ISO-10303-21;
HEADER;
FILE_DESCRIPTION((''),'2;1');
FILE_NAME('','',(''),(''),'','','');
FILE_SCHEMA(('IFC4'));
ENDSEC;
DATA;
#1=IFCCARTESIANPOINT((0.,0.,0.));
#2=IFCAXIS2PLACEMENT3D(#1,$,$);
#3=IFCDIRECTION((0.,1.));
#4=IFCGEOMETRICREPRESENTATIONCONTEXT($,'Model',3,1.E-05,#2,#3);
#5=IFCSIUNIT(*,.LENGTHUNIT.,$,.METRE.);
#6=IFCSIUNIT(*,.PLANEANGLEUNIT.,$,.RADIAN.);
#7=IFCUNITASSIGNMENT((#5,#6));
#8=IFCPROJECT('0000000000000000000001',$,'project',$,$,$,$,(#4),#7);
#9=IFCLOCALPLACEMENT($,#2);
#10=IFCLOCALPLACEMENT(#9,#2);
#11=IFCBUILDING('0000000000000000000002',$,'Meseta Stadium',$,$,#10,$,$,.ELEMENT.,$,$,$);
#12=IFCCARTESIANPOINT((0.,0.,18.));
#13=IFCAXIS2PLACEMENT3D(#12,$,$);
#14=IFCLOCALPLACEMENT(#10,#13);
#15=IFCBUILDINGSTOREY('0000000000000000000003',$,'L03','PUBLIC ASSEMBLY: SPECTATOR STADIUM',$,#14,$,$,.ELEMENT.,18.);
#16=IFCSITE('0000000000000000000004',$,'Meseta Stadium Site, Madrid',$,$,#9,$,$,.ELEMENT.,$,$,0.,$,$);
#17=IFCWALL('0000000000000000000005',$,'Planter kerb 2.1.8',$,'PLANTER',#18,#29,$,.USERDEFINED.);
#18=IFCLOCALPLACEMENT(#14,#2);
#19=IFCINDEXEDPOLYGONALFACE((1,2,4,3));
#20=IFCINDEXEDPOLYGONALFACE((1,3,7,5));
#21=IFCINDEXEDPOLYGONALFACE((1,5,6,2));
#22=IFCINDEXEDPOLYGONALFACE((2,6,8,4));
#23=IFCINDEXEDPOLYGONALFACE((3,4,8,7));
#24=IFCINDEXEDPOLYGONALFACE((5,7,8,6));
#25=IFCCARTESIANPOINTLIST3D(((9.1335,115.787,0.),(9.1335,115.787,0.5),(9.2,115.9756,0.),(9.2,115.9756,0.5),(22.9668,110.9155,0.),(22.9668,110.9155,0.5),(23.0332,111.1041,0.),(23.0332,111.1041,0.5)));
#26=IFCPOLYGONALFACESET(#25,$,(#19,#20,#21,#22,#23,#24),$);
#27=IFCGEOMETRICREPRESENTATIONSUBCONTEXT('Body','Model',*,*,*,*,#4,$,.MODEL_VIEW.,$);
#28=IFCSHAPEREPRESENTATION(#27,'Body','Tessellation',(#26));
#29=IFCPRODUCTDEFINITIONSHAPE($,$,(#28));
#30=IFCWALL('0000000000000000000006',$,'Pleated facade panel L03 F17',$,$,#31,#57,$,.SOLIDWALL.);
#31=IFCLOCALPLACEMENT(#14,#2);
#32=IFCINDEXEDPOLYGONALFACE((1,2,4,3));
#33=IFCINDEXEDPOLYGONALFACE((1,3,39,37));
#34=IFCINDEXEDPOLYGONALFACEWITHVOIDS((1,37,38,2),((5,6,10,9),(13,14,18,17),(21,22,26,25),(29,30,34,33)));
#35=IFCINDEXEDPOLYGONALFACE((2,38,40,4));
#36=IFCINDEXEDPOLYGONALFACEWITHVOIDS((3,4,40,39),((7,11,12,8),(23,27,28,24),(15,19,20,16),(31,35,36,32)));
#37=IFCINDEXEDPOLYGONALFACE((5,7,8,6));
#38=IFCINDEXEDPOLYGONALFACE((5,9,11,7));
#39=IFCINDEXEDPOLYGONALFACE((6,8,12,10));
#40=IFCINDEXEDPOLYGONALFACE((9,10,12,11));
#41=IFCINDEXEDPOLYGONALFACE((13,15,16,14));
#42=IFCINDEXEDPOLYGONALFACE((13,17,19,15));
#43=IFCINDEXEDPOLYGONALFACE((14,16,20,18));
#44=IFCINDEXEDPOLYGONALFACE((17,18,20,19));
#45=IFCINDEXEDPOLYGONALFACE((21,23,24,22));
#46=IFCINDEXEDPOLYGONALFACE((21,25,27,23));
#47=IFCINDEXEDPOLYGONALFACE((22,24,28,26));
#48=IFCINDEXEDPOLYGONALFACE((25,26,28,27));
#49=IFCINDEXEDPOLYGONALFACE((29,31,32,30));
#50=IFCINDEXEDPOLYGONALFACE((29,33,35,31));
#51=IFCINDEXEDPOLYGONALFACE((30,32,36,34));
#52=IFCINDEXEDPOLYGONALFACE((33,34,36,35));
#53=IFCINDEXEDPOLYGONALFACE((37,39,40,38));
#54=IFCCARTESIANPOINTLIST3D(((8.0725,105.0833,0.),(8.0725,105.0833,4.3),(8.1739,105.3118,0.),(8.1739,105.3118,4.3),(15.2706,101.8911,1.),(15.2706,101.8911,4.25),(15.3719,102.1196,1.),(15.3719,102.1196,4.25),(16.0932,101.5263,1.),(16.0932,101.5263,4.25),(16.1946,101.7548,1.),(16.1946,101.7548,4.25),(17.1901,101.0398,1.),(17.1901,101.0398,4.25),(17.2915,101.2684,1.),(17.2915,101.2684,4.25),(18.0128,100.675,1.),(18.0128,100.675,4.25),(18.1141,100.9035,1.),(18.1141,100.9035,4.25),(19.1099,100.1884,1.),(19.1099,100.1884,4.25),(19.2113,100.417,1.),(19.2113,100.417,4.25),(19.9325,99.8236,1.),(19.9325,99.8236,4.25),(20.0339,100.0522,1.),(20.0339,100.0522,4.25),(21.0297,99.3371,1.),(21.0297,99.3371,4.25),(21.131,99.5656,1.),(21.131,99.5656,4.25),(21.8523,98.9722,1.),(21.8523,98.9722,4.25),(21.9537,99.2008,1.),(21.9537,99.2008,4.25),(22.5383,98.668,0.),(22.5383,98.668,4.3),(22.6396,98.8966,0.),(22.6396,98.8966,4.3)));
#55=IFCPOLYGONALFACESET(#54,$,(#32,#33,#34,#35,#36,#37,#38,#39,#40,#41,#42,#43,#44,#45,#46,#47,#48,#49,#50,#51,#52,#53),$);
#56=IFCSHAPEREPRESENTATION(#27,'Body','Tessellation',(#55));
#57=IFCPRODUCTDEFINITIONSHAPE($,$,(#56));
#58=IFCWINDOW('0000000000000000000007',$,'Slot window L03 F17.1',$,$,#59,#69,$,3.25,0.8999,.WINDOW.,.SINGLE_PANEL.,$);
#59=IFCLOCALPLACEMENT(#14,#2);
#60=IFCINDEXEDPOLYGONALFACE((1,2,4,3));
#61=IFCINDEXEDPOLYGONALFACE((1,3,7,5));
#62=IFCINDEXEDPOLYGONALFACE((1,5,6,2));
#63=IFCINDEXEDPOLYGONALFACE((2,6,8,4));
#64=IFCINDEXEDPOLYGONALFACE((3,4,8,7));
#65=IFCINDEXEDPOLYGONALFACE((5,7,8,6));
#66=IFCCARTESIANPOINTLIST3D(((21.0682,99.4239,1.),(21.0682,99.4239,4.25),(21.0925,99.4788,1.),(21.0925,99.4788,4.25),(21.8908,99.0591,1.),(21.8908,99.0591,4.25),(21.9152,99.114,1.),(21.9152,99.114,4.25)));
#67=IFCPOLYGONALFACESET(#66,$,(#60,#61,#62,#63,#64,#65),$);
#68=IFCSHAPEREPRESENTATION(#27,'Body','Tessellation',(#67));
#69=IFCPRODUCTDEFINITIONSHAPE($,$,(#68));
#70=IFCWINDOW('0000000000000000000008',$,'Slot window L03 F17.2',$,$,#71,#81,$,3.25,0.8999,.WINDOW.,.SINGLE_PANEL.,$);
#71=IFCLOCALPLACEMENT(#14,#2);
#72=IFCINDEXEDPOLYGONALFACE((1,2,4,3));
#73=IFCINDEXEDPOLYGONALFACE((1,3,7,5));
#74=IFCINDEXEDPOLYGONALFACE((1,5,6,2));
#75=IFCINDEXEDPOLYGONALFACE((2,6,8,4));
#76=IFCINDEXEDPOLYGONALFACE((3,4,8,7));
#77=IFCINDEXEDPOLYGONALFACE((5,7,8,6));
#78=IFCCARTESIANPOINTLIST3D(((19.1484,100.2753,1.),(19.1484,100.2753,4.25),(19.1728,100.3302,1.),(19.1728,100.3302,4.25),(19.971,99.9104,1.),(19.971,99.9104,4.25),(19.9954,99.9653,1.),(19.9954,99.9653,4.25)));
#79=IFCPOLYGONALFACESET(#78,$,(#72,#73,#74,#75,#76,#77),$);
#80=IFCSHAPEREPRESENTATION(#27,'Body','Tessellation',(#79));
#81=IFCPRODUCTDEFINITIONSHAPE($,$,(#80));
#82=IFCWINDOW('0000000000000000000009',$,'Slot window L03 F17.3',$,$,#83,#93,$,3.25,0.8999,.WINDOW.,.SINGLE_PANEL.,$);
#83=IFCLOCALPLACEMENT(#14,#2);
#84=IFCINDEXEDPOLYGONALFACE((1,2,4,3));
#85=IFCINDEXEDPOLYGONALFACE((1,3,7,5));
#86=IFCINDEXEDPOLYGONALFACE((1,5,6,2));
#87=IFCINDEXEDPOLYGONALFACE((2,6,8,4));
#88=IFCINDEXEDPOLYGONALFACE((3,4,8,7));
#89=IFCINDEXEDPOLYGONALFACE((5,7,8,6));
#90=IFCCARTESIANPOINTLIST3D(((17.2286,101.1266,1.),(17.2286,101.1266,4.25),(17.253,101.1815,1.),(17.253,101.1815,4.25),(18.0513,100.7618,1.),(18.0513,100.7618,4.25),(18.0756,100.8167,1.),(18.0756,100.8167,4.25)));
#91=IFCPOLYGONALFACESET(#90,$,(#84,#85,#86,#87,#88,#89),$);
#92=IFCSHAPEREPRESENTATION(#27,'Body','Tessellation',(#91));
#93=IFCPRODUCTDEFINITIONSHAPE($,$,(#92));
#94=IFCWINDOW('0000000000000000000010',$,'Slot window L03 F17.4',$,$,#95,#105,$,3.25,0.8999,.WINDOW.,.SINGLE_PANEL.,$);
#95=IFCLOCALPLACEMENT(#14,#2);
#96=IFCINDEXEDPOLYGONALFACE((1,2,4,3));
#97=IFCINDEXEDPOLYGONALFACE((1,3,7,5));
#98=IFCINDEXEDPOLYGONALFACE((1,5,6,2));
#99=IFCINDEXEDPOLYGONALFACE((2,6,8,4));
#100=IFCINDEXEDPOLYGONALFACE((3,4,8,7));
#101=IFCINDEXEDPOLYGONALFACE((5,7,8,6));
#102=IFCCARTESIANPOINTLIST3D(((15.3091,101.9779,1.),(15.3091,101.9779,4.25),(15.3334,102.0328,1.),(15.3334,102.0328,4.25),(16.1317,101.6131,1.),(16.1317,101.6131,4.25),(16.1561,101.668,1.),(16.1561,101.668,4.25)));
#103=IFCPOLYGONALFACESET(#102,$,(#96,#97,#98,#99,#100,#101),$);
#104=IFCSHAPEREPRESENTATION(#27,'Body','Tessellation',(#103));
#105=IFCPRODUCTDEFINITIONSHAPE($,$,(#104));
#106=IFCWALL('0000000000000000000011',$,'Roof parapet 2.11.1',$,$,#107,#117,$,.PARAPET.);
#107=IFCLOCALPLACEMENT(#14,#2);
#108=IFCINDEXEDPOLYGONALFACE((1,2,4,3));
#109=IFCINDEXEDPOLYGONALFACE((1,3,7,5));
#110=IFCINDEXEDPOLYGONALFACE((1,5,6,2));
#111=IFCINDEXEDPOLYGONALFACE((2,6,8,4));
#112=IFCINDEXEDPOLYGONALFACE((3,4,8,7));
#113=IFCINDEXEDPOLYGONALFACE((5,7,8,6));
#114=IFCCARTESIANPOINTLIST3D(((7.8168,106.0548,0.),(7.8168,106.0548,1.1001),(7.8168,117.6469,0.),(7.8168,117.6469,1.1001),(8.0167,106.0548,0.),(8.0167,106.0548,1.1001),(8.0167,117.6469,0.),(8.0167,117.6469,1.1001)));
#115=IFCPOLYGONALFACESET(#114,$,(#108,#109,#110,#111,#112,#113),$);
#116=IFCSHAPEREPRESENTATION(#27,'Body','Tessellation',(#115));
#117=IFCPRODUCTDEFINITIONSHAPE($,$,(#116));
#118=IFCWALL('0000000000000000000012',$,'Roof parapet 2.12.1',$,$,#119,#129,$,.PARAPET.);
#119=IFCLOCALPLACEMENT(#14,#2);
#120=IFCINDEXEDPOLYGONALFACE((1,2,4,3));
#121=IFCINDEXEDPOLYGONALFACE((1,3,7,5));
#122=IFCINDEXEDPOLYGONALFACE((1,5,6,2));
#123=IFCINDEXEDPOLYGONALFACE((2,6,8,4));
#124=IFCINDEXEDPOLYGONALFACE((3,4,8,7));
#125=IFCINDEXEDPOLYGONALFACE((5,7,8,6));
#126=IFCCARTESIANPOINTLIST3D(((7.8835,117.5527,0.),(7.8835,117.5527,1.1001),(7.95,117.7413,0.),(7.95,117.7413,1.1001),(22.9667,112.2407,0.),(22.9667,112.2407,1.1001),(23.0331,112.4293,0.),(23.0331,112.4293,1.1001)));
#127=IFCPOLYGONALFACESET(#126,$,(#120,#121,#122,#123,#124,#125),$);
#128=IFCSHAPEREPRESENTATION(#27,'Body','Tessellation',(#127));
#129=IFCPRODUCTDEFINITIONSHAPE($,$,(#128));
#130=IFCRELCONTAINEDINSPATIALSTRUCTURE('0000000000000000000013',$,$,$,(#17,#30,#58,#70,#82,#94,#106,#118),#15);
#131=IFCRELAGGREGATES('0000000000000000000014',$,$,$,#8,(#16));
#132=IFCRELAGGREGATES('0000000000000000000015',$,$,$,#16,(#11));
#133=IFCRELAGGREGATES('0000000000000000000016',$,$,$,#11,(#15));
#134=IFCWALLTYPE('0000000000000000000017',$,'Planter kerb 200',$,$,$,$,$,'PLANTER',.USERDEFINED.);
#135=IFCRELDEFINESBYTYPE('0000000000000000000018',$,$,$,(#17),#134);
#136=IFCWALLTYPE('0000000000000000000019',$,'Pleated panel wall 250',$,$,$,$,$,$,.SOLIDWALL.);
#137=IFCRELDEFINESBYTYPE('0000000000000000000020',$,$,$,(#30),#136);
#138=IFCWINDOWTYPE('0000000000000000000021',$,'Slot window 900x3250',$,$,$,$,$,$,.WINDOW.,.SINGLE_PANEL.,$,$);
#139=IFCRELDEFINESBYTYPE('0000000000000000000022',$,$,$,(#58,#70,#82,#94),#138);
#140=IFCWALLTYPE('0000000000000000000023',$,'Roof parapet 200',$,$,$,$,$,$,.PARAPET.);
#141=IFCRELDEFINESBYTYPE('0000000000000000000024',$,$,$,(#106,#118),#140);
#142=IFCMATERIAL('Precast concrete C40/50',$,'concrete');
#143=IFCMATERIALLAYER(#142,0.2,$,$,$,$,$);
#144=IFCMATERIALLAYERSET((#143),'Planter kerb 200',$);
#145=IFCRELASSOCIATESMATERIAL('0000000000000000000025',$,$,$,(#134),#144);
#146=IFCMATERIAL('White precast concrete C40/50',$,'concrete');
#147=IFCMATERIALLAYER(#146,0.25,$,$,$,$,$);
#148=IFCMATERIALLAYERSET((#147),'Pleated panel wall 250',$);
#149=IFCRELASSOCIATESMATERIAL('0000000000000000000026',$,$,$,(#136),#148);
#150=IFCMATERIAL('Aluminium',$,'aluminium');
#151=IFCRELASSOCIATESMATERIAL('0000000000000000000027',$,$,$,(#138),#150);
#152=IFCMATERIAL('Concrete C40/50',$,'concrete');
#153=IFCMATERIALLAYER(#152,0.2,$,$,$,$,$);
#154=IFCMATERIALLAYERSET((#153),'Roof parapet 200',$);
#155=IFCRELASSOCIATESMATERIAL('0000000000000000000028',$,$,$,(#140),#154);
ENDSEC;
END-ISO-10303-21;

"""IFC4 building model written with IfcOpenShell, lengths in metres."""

from ifc_helpers import new_model, si_unit, direction, frame, frame_2d, origin, place, context, subcontext, project, spatial, rectangle, extrude, material, layer, layer_set, type_object, element, fill, save


model = new_model("IFC4")

# Units and contexts
model_context = context("Model", 3, precision=1e-05, world=origin(), true_north=direction((0.0, 1.0)))
body_context = subcontext(model_context, "Body", "Model", "MODEL_VIEW")
ifc_project = project(units=[si_unit("LENGTHUNIT", "METRE"), si_unit("PLANEANGLEUNIT", "RADIAN")], contexts=[model_context])

# Site, building, storey
site_placement = place(None, origin())
site = spatial("IfcSite", under=ifc_project, at=site_placement, Name="Meseta Stadium Site, Madrid", CompositionType="ELEMENT", RefElevation=0.0)
building_placement = place(site_placement, origin())
building = spatial("IfcBuilding", under=site, at=building_placement, Name="Meseta Stadium", CompositionType="ELEMENT")
storey_placement = place(building_placement, frame((0.0, 0.0, 18.0)))
storey = spatial("IfcBuildingStorey", under=building, at=storey_placement, Name="L03", Description="PUBLIC ASSEMBLY: SPECTATOR STADIUM", CompositionType="ELEMENT", Elevation=18.0)

# Wall
ifc_material_1 = material(Name="Precast concrete C40/50", Category="concrete")
ifc_layer_1 = layer(ifc_material_1, 0.2)
ifc_layer_set_1 = layer_set([ifc_layer_1], Name="Planter kerb 200")
wall_type_1 = type_object("IfcWallType", Name="Planter kerb 200", ElementType="PLANTER", PredefinedType="USERDEFINED", material=ifc_layer_set_1)
wall_1_placement = place(storey_placement, frame((9.1667, 115.8813, 0.0), z_axis=(0.0, 0.0, 1.0), x_axis=(0.94322, -0.332169, 0.0)))
element("IfcWall", 1, at=wall_1_placement, inside=storey, type_object=wall_type_1, Name="Planter kerb 2.1.8", ObjectType="PLANTER", PredefinedType="USERDEFINED", context=body_context, shape_type="SweptSolid", body=[
    extrude(rectangle(XDim=14.666, YDim=0.2, at=frame_2d((7.333, 0.0))), origin(), (0.0, 0.0, 1.0), 0.5),
])

# Wall, openings, windows
ifc_material_2 = material(Name="White precast concrete C40/50", Category="concrete")
ifc_layer_2 = layer(ifc_material_2, 0.25)
ifc_layer_set_2 = layer_set([ifc_layer_2], Name="Pleated panel wall 250")
wall_type_2 = type_object("IfcWallType", Name="Pleated panel wall 250", PredefinedType="SOLIDWALL", material=ifc_layer_set_2)
wall_2_placement = place(storey_placement, frame((8.1233, 105.1975, 0.0), z_axis=(0.0, 0.0, 1.0), x_axis=(0.914139, -0.405401, 0.0)))
wall_2 = element("IfcWall", 2, at=wall_2_placement, inside=storey, type_object=wall_type_2, Name="Pleated facade panel L03 F17", PredefinedType="SOLIDWALL", context=body_context, shape_type="SweptSolid", body=[
    extrude(rectangle(XDim=15.8245, YDim=0.25, at=frame_2d((7.9121, 0.0))), origin(), (0.0, 0.0, 1.0), 4.3),
])
opening_1_placement = place(wall_2_placement, frame((14.1741, 0.0, 1.0)))
opening_1 = element("IfcOpeningElement", 3, at=opening_1_placement, cuts=wall_2, PredefinedType="OPENING", context=body_context, shape_type="SweptSolid", body=[
    extrude(rectangle(XDim=0.8999, YDim=3.25, at=frame_2d((0.45, 1.625))), frame((0.0, 0.135, 0.0), z_axis=(0.0, -1.0, 0.0), x_axis=(1.0, 0.0, 0.0)), (0.0, 0.0, 1.0), 0.27),
])
opening_2_placement = place(wall_2_placement, frame((12.074, 0.0, 1.0)))
opening_2 = element("IfcOpeningElement", 4, at=opening_2_placement, cuts=wall_2, PredefinedType="OPENING", context=body_context, shape_type="SweptSolid", body=[
    extrude(rectangle(XDim=0.8999, YDim=3.25, at=frame_2d((0.45, 1.625))), frame((0.0, 0.135, 0.0), z_axis=(0.0, -1.0, 0.0), x_axis=(1.0, 0.0, 0.0)), (0.0, 0.0, 1.0), 0.27),
])
opening_3_placement = place(wall_2_placement, frame((9.9739, 0.0, 1.0)))
opening_3 = element("IfcOpeningElement", 5, at=opening_3_placement, cuts=wall_2, PredefinedType="OPENING", context=body_context, shape_type="SweptSolid", body=[
    extrude(rectangle(XDim=0.8999, YDim=3.25, at=frame_2d((0.45, 1.625))), frame((0.0, 0.135, 0.0), z_axis=(0.0, -1.0, 0.0), x_axis=(1.0, 0.0, 0.0)), (0.0, 0.0, 1.0), 0.27),
])
opening_4_placement = place(wall_2_placement, frame((7.874, 0.0, 1.0)))
opening_4 = element("IfcOpeningElement", 6, at=opening_4_placement, cuts=wall_2, PredefinedType="OPENING", context=body_context, shape_type="SweptSolid", body=[
    extrude(rectangle(XDim=0.8999, YDim=3.25, at=frame_2d((0.45, 1.625))), frame((0.0, 0.135, 0.0), z_axis=(0.0, -1.0, 0.0), x_axis=(1.0, 0.0, 0.0)), (0.0, 0.0, 1.0), 0.27),
])
ifc_material_3 = material(Name="Aluminium", Category="aluminium")
window_type = type_object("IfcWindowType", Name="Slot window 900x3250", PartitioningType="SINGLE_PANEL", PredefinedType="WINDOW", material=ifc_material_3)
window_1_placement = place(opening_1_placement, origin())
window_1 = element("IfcWindow", 7, at=window_1_placement, inside=storey, type_object=window_type, Name="Slot window L03 F17.1", OverallHeight=3.25, OverallWidth=0.8999, PartitioningType="SINGLE_PANEL", PredefinedType="WINDOW", context=body_context, shape_type="SweptSolid", body=[
    extrude(rectangle(XDim=0.8999, YDim=3.25, at=frame_2d((0.45, 1.625))), frame((0.0, 0.03, 0.0), z_axis=(0.0, -1.0, 0.0), x_axis=(1.0, 0.0, 0.0)), (0.0, 0.0, 1.0), 0.0601),
])
fill(opening_1, window_1)
window_2_placement = place(opening_2_placement, origin())
window_2 = element("IfcWindow", 8, at=window_2_placement, inside=storey, type_object=window_type, Name="Slot window L03 F17.2", OverallHeight=3.25, OverallWidth=0.8999, PartitioningType="SINGLE_PANEL", PredefinedType="WINDOW", context=body_context, shape_type="SweptSolid", body=[
    extrude(rectangle(XDim=0.8999, YDim=3.25, at=frame_2d((0.45, 1.625))), frame((0.0, 0.03, 0.0), z_axis=(0.0, -1.0, 0.0), x_axis=(1.0, 0.0, 0.0)), (0.0, 0.0, 1.0), 0.0601),
])
fill(opening_2, window_2)
window_3_placement = place(opening_3_placement, origin())
window_3 = element("IfcWindow", 9, at=window_3_placement, inside=storey, type_object=window_type, Name="Slot window L03 F17.3", OverallHeight=3.25, OverallWidth=0.8999, PartitioningType="SINGLE_PANEL", PredefinedType="WINDOW", context=body_context, shape_type="SweptSolid", body=[
    extrude(rectangle(XDim=0.8999, YDim=3.25, at=frame_2d((0.45, 1.625))), frame((0.0, 0.03, 0.0), z_axis=(0.0, -1.0, 0.0), x_axis=(1.0, 0.0, 0.0)), (0.0, 0.0, 1.0), 0.0601),
])
fill(opening_3, window_3)
window_4_placement = place(opening_4_placement, origin())
window_4 = element("IfcWindow", 10, at=window_4_placement, inside=storey, type_object=window_type, Name="Slot window L03 F17.4", OverallHeight=3.25, OverallWidth=0.8999, PartitioningType="SINGLE_PANEL", PredefinedType="WINDOW", context=body_context, shape_type="SweptSolid", body=[
    extrude(rectangle(XDim=0.8999, YDim=3.25, at=frame_2d((0.45, 1.625))), frame((0.0, 0.03, 0.0), z_axis=(0.0, -1.0, 0.0), x_axis=(1.0, 0.0, 0.0)), (0.0, 0.0, 1.0), 0.0601),
])
fill(opening_4, window_4)

# Walls
ifc_material_4 = material(Name="Concrete C40/50", Category="concrete")
ifc_layer_3 = layer(ifc_material_4, 0.2)
ifc_layer_set_3 = layer_set([ifc_layer_3], Name="Roof parapet 200")
wall_type_3 = type_object("IfcWallType", Name="Roof parapet 200", PredefinedType="PARAPET", material=ifc_layer_set_3)
wall_3_placement = place(storey_placement, frame((7.9167, 106.0549, 0.0), z_axis=(0.0, 0.0, 1.0), x_axis=(0.0, 1.0, 0.0)))
element("IfcWall", 11, at=wall_3_placement, inside=storey, type_object=wall_type_3, Name="Roof parapet 2.11.1", PredefinedType="PARAPET", context=body_context, shape_type="SweptSolid", body=[
    extrude(rectangle(XDim=11.592, YDim=0.2, at=frame_2d((5.7959, 0.0))), origin(), (0.0, 0.0, 1.0), 1.1001),
])
wall_4_placement = place(storey_placement, frame((7.9167, 117.647, 0.0), z_axis=(0.0, 0.0, 1.0), x_axis=(0.943216, -0.332181, 0.0)))
element("IfcWall", 12, at=wall_4_placement, inside=storey, type_object=wall_type_3, Name="Roof parapet 2.12.1", PredefinedType="PARAPET", context=body_context, shape_type="SweptSolid", body=[
    extrude(rectangle(XDim=15.9912, YDim=0.2, at=frame_2d((7.9956, 0.0))), origin(), (0.0, 0.0, 1.0), 1.1001),
])

save(model, "model.ifc")
